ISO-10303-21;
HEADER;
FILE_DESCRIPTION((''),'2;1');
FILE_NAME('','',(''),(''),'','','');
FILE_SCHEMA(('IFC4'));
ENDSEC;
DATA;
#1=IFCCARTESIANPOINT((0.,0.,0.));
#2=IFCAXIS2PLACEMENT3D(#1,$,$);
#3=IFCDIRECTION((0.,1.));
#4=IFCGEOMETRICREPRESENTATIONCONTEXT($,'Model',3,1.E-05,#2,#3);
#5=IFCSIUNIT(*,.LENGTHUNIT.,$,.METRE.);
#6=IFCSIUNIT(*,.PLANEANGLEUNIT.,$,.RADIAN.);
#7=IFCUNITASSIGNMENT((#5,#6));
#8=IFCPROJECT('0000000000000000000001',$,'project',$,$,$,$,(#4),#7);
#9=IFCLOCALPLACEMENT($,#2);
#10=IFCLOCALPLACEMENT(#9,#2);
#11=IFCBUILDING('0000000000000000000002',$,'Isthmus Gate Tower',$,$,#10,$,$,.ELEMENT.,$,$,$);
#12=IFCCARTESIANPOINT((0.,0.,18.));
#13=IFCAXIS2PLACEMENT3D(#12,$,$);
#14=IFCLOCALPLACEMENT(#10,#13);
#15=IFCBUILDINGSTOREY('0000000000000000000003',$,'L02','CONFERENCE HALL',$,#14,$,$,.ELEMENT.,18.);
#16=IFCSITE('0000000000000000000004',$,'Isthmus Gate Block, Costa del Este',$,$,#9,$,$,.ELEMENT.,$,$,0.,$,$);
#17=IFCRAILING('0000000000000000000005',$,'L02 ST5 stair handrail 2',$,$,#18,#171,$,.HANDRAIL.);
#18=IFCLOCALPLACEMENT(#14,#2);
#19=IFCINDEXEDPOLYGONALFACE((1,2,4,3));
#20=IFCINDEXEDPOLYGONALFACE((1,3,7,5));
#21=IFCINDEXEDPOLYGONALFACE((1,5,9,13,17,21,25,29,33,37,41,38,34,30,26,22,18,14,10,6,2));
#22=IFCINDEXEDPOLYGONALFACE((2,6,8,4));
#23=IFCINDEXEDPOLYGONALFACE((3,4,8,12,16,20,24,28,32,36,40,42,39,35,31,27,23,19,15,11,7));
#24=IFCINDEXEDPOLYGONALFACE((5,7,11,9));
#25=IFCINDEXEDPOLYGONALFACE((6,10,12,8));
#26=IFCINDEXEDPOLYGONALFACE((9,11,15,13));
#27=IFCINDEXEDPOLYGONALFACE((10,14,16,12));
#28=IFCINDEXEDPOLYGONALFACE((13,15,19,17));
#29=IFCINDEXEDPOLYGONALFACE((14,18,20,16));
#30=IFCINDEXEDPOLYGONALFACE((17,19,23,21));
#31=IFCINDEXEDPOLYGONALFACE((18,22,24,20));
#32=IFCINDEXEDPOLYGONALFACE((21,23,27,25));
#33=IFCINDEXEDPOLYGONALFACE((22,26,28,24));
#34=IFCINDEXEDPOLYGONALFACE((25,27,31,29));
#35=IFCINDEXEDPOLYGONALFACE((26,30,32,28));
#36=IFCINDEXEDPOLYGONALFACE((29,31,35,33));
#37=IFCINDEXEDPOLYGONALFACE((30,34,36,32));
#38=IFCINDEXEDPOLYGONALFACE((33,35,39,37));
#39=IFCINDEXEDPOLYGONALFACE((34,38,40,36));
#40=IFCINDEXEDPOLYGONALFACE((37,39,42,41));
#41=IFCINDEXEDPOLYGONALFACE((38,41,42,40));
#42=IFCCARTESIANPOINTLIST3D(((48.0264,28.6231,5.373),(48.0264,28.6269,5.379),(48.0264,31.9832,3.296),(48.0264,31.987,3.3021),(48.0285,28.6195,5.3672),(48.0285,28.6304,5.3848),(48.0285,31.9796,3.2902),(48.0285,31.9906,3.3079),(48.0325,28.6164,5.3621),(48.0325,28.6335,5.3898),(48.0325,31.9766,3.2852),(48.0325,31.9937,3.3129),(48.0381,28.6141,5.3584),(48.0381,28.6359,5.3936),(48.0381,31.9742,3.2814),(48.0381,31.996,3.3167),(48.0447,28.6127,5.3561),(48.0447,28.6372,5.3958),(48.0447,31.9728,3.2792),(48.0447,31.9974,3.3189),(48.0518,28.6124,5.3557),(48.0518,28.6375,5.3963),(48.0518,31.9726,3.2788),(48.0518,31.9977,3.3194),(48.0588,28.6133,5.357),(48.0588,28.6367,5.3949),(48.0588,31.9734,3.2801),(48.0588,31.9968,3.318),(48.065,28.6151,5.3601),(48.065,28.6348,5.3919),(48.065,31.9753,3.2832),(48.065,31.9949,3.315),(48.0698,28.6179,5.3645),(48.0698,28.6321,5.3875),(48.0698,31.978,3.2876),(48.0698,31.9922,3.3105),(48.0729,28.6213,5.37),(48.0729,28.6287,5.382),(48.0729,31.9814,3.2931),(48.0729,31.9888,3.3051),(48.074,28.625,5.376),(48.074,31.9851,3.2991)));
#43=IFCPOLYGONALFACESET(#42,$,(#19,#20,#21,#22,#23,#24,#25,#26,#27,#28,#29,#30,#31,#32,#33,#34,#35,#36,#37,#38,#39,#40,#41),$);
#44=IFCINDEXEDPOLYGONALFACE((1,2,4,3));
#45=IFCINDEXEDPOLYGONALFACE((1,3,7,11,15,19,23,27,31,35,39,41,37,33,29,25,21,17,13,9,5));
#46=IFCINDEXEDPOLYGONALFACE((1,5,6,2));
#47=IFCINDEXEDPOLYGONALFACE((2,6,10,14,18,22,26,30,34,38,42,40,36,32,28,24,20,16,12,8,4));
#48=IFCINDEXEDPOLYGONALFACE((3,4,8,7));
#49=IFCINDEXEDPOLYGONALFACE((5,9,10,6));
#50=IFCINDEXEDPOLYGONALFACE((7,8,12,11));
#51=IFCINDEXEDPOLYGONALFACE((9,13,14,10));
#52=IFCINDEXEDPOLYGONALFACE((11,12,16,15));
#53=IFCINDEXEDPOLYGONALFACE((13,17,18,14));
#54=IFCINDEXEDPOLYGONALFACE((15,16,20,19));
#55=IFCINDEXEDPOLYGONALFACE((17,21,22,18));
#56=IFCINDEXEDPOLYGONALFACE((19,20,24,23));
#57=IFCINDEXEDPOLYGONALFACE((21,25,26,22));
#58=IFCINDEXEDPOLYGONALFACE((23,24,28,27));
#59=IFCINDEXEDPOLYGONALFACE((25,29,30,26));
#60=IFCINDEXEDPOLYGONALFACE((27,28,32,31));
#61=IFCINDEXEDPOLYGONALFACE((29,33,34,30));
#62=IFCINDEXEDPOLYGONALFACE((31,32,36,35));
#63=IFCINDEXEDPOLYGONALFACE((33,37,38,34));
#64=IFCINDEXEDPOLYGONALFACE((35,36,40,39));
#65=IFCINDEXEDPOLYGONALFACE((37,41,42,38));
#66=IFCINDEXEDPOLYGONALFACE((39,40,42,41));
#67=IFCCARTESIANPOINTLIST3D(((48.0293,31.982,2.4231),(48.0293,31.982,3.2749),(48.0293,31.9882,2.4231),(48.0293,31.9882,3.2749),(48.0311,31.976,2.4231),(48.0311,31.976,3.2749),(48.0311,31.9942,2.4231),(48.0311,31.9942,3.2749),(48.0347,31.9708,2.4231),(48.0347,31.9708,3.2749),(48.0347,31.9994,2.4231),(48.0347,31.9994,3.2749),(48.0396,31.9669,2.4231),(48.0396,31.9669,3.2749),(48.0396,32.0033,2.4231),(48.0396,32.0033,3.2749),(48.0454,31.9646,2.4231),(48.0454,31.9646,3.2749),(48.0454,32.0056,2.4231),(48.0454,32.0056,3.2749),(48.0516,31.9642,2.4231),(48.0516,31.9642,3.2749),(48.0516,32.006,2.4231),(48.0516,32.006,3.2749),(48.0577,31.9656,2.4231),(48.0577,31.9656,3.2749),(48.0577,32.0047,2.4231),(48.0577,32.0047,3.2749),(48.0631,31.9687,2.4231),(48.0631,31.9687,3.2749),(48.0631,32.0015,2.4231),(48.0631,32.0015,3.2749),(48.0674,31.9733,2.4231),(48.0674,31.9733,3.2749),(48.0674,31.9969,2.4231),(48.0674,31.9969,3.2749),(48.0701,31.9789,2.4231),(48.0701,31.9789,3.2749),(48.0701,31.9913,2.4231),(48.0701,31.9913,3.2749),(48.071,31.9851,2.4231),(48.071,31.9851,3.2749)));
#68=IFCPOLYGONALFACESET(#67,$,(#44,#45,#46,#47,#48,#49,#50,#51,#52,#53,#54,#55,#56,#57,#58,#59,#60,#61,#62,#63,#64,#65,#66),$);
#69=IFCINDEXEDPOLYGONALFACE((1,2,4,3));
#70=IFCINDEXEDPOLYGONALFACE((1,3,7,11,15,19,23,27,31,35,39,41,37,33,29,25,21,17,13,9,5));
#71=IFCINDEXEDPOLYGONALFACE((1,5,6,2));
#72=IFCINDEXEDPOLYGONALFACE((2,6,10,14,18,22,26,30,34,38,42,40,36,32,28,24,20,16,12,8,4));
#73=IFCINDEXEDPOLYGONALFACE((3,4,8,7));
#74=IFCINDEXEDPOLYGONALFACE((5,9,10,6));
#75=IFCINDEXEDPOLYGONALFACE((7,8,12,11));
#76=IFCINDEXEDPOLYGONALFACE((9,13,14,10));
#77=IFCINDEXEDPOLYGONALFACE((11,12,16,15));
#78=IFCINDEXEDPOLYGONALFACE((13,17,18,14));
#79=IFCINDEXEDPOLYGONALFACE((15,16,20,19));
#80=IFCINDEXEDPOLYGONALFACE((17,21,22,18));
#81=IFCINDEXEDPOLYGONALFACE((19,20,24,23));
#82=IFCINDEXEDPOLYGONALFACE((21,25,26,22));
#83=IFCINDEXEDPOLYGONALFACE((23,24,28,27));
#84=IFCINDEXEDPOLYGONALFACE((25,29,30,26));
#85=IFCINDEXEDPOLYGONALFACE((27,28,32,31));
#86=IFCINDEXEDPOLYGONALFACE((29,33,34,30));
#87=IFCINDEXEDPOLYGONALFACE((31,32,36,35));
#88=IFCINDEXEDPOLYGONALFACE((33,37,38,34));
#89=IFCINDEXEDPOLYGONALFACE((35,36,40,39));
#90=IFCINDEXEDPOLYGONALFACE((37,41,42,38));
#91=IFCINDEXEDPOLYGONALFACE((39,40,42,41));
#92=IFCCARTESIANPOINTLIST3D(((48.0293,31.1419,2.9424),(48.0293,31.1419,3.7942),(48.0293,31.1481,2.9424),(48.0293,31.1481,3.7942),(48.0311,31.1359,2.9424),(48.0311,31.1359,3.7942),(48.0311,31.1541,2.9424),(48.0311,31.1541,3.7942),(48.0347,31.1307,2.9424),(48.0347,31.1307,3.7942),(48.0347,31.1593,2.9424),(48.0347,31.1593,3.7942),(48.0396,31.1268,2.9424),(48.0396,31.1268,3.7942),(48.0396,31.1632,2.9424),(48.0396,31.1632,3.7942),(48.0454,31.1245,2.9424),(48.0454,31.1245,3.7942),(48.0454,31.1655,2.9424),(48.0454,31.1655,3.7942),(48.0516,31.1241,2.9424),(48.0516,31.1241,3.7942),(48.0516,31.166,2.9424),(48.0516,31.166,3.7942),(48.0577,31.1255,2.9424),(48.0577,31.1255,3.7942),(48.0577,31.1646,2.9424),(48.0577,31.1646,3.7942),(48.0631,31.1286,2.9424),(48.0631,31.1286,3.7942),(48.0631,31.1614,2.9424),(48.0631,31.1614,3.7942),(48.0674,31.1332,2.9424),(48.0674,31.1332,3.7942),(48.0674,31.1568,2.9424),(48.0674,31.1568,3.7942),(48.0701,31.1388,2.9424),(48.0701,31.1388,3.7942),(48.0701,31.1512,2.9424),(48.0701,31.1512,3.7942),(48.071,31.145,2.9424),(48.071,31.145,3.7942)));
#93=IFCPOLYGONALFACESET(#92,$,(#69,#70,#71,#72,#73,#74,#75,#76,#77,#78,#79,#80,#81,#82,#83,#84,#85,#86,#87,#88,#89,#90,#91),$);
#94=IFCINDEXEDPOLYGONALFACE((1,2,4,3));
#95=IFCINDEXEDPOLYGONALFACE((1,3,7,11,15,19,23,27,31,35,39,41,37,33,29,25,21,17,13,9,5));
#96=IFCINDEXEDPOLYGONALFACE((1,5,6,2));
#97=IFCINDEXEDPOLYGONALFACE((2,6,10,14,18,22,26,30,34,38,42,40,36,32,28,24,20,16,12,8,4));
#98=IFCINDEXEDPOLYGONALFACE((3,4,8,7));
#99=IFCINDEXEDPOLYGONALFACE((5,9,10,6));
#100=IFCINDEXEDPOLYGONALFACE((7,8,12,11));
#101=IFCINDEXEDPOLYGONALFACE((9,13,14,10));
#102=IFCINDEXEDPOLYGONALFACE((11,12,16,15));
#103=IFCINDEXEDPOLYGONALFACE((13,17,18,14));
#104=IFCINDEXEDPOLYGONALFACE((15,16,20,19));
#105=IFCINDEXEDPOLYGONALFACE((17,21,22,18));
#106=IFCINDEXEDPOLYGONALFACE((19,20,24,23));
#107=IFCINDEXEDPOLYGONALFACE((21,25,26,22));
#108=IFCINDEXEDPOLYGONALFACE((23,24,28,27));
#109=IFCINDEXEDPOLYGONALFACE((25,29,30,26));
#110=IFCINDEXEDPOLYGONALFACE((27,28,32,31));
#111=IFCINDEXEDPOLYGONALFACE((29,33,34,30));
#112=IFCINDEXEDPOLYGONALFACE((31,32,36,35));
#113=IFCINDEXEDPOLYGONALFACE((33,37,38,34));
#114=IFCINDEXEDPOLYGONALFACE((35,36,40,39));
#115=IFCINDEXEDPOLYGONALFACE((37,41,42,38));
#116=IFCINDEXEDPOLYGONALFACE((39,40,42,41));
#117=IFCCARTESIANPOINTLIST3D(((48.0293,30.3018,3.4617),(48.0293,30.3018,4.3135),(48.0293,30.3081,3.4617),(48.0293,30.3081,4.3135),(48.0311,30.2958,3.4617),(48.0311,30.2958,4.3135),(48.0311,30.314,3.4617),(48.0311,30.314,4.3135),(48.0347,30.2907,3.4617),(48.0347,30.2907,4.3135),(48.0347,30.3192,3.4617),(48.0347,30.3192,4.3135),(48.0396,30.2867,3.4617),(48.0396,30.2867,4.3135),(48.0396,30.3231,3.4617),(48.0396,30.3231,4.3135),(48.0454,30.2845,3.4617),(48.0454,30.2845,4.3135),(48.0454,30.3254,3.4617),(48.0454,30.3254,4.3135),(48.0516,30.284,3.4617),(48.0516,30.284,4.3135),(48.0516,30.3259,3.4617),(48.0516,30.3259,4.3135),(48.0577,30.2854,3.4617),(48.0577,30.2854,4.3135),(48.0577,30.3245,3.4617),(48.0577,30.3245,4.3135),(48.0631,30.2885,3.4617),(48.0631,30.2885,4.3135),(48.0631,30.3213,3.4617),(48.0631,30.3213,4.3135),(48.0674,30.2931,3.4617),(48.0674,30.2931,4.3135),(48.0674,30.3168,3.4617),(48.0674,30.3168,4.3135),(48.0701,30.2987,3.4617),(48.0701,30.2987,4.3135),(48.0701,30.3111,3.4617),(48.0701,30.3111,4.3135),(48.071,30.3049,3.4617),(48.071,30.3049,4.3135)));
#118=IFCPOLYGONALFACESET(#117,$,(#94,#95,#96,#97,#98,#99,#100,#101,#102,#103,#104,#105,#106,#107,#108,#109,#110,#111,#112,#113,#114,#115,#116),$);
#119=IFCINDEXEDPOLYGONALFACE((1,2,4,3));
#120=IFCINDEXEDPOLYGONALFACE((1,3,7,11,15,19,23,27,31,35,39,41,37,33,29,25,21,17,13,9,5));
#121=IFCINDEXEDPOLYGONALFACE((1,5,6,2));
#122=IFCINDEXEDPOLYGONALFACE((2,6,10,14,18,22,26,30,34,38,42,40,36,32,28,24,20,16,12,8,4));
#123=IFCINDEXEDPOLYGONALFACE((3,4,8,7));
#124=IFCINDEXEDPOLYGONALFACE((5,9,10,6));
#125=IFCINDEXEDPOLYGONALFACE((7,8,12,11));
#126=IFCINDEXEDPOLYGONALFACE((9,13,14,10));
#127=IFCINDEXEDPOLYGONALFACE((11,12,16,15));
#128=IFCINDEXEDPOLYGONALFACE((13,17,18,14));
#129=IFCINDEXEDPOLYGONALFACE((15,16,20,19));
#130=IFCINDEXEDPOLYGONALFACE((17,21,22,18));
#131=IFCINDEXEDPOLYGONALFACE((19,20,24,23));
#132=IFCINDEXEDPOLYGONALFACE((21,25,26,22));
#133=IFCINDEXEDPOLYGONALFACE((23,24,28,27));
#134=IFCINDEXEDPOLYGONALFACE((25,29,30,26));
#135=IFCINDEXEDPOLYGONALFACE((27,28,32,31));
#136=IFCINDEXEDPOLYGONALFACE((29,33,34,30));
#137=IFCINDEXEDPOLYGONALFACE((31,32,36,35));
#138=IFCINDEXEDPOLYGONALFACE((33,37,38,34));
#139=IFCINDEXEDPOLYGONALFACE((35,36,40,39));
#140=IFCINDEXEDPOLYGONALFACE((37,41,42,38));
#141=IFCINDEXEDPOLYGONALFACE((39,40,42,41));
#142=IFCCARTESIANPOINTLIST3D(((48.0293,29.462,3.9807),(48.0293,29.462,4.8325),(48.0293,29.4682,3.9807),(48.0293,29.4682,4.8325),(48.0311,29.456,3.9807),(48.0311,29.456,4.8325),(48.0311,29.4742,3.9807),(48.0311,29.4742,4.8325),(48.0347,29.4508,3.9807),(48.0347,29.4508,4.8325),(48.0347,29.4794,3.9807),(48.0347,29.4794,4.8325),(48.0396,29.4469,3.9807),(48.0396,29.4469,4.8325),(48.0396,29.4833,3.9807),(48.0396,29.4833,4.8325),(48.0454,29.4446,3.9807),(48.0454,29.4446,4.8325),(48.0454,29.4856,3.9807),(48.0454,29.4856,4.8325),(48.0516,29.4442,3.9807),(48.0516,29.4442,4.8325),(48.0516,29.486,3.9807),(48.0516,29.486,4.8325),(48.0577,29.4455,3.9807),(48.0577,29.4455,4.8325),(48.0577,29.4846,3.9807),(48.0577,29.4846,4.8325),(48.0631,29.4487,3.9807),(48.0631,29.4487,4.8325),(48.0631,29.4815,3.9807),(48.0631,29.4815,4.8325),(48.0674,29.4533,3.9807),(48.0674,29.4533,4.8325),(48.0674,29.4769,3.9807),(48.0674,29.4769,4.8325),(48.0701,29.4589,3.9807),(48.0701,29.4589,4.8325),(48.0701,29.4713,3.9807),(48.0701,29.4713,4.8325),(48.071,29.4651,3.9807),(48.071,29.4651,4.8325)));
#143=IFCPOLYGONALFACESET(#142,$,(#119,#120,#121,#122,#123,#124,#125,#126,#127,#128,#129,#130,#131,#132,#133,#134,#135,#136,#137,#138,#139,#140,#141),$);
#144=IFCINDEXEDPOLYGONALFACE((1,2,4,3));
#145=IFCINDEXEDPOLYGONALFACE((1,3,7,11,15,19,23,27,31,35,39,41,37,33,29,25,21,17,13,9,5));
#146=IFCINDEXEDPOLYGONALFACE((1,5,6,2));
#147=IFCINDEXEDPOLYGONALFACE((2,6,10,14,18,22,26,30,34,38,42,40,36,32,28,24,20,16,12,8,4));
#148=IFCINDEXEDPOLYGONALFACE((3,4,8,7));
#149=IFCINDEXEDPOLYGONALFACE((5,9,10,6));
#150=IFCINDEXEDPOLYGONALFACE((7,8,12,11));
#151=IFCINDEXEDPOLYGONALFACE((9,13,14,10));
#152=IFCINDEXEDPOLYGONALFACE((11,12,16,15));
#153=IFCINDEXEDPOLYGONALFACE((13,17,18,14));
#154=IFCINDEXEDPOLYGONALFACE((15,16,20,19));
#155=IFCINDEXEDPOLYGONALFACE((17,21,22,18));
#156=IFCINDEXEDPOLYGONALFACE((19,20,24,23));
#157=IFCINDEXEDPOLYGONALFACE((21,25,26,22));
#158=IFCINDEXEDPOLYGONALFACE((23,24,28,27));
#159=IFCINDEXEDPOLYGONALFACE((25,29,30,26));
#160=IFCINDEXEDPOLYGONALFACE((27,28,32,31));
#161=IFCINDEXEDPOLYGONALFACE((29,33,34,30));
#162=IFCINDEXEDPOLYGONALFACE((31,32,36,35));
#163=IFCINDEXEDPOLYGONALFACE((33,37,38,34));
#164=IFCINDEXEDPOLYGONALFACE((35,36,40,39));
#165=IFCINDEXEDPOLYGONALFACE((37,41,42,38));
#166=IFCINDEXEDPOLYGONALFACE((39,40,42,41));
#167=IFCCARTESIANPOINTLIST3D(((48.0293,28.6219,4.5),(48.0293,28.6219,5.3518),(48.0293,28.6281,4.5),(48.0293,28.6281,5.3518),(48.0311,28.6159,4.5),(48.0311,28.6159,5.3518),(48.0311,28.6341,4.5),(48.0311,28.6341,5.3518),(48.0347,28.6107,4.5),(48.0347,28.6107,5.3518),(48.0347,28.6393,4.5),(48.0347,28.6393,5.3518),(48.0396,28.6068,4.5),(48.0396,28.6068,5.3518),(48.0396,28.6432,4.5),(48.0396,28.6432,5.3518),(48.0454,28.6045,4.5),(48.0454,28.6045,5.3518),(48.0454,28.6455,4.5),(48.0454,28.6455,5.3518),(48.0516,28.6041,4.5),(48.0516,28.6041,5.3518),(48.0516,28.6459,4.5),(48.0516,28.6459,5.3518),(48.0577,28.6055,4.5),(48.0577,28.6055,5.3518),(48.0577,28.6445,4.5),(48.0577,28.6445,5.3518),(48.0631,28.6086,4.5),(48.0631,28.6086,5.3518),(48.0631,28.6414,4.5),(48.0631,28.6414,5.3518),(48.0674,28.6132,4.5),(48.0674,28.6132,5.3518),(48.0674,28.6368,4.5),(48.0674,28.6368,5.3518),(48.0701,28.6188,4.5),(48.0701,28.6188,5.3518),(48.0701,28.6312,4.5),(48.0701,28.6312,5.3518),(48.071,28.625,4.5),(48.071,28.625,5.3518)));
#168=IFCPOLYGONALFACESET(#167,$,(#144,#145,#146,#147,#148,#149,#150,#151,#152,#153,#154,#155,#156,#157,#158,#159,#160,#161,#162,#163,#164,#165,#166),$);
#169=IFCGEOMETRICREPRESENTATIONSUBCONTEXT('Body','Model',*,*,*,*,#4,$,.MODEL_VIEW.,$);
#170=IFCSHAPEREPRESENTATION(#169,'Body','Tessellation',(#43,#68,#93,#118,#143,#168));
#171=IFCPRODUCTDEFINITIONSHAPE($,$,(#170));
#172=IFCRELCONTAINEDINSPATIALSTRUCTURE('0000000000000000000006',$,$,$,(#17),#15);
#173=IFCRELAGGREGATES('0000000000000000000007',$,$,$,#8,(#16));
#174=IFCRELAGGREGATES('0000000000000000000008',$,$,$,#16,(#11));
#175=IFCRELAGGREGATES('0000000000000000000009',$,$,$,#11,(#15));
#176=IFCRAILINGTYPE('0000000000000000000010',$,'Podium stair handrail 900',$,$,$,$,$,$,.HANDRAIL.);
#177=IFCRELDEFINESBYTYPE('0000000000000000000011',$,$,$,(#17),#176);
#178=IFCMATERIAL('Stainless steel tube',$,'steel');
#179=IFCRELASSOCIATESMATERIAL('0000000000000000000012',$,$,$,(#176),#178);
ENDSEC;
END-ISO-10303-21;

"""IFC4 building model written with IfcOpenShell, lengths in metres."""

from ifc_helpers import new_model, si_unit, direction, frame, origin, origin_2d, place, context, subcontext, project, spatial, circle, extrude, material, type_object, element, save


model = new_model("IFC4")

# Units and contexts
model_context = context("Model", 3, precision=1e-05, world=origin(), true_north=direction((0.0, 1.0)))
body_context = subcontext(model_context, "Body", "Model", "MODEL_VIEW")
ifc_project = project(units=[si_unit("LENGTHUNIT", "METRE"), si_unit("PLANEANGLEUNIT", "RADIAN")], contexts=[model_context])

# Site, building, storey
site_placement = place(None, origin())
site = spatial("IfcSite", under=ifc_project, at=site_placement, Name="Isthmus Gate Block, Costa del Este", CompositionType="ELEMENT", RefElevation=0.0)
building_placement = place(site_placement, origin())
building = spatial("IfcBuilding", under=site, at=building_placement, Name="Isthmus Gate Tower", CompositionType="ELEMENT")
storey_placement = place(building_placement, frame((0.0, 0.0, 18.0)))
storey = spatial("IfcBuildingStorey", under=building, at=storey_placement, Name="L02", Description="CONFERENCE HALL", CompositionType="ELEMENT", Elevation=18.0)

# Railing
ifc_material_1 = material(Name="Stainless steel tube", Category="steel")
railing_type_1 = type_object("IfcRailingType", Name="Podium stair handrail 900", PredefinedType="HANDRAIL", material=ifc_material_1)
railing_1_placement = place(storey_placement, frame((48.05, 31.9851, 2.4231)))
element("IfcRailing", 1, at=railing_1_placement, inside=storey, type_object=railing_type_1, Name="L02 ST5 stair handrail 2", PredefinedType="HANDRAIL", context=body_context, shape_type="SweptSolid", body=[
    extrude(circle(Radius=0.0239, at=origin_2d()), frame((0.0, 0.0, 0.876), z_axis=(0.0, -0.850623, 0.525776), x_axis=(1.0, 0.0, 0.0)), (0.0, 0.0, 1.0), 3.9502),
    extrude(circle(Radius=0.021, at=origin_2d()), origin(), (0.0, 0.0, 1.0), 0.8518),
    extrude(circle(Radius=0.021, at=origin_2d()), frame((0.0, -0.8401, 0.5193)), (0.0, 0.0, 1.0), 0.8518),
    extrude(circle(Radius=0.021, at=origin_2d()), frame((0.0, -1.6802, 1.0386)), (0.0, 0.0, 1.0), 0.8518),
    extrude(circle(Radius=0.021, at=origin_2d()), frame((0.0, -2.52, 1.5576)), (0.0, 0.0, 1.0), 0.8518),
    extrude(circle(Radius=0.021, at=origin_2d()), frame((0.0, -3.3601, 2.0769)), (0.0, 0.0, 1.0), 0.8518),
])

save(model, "model.ifc")
